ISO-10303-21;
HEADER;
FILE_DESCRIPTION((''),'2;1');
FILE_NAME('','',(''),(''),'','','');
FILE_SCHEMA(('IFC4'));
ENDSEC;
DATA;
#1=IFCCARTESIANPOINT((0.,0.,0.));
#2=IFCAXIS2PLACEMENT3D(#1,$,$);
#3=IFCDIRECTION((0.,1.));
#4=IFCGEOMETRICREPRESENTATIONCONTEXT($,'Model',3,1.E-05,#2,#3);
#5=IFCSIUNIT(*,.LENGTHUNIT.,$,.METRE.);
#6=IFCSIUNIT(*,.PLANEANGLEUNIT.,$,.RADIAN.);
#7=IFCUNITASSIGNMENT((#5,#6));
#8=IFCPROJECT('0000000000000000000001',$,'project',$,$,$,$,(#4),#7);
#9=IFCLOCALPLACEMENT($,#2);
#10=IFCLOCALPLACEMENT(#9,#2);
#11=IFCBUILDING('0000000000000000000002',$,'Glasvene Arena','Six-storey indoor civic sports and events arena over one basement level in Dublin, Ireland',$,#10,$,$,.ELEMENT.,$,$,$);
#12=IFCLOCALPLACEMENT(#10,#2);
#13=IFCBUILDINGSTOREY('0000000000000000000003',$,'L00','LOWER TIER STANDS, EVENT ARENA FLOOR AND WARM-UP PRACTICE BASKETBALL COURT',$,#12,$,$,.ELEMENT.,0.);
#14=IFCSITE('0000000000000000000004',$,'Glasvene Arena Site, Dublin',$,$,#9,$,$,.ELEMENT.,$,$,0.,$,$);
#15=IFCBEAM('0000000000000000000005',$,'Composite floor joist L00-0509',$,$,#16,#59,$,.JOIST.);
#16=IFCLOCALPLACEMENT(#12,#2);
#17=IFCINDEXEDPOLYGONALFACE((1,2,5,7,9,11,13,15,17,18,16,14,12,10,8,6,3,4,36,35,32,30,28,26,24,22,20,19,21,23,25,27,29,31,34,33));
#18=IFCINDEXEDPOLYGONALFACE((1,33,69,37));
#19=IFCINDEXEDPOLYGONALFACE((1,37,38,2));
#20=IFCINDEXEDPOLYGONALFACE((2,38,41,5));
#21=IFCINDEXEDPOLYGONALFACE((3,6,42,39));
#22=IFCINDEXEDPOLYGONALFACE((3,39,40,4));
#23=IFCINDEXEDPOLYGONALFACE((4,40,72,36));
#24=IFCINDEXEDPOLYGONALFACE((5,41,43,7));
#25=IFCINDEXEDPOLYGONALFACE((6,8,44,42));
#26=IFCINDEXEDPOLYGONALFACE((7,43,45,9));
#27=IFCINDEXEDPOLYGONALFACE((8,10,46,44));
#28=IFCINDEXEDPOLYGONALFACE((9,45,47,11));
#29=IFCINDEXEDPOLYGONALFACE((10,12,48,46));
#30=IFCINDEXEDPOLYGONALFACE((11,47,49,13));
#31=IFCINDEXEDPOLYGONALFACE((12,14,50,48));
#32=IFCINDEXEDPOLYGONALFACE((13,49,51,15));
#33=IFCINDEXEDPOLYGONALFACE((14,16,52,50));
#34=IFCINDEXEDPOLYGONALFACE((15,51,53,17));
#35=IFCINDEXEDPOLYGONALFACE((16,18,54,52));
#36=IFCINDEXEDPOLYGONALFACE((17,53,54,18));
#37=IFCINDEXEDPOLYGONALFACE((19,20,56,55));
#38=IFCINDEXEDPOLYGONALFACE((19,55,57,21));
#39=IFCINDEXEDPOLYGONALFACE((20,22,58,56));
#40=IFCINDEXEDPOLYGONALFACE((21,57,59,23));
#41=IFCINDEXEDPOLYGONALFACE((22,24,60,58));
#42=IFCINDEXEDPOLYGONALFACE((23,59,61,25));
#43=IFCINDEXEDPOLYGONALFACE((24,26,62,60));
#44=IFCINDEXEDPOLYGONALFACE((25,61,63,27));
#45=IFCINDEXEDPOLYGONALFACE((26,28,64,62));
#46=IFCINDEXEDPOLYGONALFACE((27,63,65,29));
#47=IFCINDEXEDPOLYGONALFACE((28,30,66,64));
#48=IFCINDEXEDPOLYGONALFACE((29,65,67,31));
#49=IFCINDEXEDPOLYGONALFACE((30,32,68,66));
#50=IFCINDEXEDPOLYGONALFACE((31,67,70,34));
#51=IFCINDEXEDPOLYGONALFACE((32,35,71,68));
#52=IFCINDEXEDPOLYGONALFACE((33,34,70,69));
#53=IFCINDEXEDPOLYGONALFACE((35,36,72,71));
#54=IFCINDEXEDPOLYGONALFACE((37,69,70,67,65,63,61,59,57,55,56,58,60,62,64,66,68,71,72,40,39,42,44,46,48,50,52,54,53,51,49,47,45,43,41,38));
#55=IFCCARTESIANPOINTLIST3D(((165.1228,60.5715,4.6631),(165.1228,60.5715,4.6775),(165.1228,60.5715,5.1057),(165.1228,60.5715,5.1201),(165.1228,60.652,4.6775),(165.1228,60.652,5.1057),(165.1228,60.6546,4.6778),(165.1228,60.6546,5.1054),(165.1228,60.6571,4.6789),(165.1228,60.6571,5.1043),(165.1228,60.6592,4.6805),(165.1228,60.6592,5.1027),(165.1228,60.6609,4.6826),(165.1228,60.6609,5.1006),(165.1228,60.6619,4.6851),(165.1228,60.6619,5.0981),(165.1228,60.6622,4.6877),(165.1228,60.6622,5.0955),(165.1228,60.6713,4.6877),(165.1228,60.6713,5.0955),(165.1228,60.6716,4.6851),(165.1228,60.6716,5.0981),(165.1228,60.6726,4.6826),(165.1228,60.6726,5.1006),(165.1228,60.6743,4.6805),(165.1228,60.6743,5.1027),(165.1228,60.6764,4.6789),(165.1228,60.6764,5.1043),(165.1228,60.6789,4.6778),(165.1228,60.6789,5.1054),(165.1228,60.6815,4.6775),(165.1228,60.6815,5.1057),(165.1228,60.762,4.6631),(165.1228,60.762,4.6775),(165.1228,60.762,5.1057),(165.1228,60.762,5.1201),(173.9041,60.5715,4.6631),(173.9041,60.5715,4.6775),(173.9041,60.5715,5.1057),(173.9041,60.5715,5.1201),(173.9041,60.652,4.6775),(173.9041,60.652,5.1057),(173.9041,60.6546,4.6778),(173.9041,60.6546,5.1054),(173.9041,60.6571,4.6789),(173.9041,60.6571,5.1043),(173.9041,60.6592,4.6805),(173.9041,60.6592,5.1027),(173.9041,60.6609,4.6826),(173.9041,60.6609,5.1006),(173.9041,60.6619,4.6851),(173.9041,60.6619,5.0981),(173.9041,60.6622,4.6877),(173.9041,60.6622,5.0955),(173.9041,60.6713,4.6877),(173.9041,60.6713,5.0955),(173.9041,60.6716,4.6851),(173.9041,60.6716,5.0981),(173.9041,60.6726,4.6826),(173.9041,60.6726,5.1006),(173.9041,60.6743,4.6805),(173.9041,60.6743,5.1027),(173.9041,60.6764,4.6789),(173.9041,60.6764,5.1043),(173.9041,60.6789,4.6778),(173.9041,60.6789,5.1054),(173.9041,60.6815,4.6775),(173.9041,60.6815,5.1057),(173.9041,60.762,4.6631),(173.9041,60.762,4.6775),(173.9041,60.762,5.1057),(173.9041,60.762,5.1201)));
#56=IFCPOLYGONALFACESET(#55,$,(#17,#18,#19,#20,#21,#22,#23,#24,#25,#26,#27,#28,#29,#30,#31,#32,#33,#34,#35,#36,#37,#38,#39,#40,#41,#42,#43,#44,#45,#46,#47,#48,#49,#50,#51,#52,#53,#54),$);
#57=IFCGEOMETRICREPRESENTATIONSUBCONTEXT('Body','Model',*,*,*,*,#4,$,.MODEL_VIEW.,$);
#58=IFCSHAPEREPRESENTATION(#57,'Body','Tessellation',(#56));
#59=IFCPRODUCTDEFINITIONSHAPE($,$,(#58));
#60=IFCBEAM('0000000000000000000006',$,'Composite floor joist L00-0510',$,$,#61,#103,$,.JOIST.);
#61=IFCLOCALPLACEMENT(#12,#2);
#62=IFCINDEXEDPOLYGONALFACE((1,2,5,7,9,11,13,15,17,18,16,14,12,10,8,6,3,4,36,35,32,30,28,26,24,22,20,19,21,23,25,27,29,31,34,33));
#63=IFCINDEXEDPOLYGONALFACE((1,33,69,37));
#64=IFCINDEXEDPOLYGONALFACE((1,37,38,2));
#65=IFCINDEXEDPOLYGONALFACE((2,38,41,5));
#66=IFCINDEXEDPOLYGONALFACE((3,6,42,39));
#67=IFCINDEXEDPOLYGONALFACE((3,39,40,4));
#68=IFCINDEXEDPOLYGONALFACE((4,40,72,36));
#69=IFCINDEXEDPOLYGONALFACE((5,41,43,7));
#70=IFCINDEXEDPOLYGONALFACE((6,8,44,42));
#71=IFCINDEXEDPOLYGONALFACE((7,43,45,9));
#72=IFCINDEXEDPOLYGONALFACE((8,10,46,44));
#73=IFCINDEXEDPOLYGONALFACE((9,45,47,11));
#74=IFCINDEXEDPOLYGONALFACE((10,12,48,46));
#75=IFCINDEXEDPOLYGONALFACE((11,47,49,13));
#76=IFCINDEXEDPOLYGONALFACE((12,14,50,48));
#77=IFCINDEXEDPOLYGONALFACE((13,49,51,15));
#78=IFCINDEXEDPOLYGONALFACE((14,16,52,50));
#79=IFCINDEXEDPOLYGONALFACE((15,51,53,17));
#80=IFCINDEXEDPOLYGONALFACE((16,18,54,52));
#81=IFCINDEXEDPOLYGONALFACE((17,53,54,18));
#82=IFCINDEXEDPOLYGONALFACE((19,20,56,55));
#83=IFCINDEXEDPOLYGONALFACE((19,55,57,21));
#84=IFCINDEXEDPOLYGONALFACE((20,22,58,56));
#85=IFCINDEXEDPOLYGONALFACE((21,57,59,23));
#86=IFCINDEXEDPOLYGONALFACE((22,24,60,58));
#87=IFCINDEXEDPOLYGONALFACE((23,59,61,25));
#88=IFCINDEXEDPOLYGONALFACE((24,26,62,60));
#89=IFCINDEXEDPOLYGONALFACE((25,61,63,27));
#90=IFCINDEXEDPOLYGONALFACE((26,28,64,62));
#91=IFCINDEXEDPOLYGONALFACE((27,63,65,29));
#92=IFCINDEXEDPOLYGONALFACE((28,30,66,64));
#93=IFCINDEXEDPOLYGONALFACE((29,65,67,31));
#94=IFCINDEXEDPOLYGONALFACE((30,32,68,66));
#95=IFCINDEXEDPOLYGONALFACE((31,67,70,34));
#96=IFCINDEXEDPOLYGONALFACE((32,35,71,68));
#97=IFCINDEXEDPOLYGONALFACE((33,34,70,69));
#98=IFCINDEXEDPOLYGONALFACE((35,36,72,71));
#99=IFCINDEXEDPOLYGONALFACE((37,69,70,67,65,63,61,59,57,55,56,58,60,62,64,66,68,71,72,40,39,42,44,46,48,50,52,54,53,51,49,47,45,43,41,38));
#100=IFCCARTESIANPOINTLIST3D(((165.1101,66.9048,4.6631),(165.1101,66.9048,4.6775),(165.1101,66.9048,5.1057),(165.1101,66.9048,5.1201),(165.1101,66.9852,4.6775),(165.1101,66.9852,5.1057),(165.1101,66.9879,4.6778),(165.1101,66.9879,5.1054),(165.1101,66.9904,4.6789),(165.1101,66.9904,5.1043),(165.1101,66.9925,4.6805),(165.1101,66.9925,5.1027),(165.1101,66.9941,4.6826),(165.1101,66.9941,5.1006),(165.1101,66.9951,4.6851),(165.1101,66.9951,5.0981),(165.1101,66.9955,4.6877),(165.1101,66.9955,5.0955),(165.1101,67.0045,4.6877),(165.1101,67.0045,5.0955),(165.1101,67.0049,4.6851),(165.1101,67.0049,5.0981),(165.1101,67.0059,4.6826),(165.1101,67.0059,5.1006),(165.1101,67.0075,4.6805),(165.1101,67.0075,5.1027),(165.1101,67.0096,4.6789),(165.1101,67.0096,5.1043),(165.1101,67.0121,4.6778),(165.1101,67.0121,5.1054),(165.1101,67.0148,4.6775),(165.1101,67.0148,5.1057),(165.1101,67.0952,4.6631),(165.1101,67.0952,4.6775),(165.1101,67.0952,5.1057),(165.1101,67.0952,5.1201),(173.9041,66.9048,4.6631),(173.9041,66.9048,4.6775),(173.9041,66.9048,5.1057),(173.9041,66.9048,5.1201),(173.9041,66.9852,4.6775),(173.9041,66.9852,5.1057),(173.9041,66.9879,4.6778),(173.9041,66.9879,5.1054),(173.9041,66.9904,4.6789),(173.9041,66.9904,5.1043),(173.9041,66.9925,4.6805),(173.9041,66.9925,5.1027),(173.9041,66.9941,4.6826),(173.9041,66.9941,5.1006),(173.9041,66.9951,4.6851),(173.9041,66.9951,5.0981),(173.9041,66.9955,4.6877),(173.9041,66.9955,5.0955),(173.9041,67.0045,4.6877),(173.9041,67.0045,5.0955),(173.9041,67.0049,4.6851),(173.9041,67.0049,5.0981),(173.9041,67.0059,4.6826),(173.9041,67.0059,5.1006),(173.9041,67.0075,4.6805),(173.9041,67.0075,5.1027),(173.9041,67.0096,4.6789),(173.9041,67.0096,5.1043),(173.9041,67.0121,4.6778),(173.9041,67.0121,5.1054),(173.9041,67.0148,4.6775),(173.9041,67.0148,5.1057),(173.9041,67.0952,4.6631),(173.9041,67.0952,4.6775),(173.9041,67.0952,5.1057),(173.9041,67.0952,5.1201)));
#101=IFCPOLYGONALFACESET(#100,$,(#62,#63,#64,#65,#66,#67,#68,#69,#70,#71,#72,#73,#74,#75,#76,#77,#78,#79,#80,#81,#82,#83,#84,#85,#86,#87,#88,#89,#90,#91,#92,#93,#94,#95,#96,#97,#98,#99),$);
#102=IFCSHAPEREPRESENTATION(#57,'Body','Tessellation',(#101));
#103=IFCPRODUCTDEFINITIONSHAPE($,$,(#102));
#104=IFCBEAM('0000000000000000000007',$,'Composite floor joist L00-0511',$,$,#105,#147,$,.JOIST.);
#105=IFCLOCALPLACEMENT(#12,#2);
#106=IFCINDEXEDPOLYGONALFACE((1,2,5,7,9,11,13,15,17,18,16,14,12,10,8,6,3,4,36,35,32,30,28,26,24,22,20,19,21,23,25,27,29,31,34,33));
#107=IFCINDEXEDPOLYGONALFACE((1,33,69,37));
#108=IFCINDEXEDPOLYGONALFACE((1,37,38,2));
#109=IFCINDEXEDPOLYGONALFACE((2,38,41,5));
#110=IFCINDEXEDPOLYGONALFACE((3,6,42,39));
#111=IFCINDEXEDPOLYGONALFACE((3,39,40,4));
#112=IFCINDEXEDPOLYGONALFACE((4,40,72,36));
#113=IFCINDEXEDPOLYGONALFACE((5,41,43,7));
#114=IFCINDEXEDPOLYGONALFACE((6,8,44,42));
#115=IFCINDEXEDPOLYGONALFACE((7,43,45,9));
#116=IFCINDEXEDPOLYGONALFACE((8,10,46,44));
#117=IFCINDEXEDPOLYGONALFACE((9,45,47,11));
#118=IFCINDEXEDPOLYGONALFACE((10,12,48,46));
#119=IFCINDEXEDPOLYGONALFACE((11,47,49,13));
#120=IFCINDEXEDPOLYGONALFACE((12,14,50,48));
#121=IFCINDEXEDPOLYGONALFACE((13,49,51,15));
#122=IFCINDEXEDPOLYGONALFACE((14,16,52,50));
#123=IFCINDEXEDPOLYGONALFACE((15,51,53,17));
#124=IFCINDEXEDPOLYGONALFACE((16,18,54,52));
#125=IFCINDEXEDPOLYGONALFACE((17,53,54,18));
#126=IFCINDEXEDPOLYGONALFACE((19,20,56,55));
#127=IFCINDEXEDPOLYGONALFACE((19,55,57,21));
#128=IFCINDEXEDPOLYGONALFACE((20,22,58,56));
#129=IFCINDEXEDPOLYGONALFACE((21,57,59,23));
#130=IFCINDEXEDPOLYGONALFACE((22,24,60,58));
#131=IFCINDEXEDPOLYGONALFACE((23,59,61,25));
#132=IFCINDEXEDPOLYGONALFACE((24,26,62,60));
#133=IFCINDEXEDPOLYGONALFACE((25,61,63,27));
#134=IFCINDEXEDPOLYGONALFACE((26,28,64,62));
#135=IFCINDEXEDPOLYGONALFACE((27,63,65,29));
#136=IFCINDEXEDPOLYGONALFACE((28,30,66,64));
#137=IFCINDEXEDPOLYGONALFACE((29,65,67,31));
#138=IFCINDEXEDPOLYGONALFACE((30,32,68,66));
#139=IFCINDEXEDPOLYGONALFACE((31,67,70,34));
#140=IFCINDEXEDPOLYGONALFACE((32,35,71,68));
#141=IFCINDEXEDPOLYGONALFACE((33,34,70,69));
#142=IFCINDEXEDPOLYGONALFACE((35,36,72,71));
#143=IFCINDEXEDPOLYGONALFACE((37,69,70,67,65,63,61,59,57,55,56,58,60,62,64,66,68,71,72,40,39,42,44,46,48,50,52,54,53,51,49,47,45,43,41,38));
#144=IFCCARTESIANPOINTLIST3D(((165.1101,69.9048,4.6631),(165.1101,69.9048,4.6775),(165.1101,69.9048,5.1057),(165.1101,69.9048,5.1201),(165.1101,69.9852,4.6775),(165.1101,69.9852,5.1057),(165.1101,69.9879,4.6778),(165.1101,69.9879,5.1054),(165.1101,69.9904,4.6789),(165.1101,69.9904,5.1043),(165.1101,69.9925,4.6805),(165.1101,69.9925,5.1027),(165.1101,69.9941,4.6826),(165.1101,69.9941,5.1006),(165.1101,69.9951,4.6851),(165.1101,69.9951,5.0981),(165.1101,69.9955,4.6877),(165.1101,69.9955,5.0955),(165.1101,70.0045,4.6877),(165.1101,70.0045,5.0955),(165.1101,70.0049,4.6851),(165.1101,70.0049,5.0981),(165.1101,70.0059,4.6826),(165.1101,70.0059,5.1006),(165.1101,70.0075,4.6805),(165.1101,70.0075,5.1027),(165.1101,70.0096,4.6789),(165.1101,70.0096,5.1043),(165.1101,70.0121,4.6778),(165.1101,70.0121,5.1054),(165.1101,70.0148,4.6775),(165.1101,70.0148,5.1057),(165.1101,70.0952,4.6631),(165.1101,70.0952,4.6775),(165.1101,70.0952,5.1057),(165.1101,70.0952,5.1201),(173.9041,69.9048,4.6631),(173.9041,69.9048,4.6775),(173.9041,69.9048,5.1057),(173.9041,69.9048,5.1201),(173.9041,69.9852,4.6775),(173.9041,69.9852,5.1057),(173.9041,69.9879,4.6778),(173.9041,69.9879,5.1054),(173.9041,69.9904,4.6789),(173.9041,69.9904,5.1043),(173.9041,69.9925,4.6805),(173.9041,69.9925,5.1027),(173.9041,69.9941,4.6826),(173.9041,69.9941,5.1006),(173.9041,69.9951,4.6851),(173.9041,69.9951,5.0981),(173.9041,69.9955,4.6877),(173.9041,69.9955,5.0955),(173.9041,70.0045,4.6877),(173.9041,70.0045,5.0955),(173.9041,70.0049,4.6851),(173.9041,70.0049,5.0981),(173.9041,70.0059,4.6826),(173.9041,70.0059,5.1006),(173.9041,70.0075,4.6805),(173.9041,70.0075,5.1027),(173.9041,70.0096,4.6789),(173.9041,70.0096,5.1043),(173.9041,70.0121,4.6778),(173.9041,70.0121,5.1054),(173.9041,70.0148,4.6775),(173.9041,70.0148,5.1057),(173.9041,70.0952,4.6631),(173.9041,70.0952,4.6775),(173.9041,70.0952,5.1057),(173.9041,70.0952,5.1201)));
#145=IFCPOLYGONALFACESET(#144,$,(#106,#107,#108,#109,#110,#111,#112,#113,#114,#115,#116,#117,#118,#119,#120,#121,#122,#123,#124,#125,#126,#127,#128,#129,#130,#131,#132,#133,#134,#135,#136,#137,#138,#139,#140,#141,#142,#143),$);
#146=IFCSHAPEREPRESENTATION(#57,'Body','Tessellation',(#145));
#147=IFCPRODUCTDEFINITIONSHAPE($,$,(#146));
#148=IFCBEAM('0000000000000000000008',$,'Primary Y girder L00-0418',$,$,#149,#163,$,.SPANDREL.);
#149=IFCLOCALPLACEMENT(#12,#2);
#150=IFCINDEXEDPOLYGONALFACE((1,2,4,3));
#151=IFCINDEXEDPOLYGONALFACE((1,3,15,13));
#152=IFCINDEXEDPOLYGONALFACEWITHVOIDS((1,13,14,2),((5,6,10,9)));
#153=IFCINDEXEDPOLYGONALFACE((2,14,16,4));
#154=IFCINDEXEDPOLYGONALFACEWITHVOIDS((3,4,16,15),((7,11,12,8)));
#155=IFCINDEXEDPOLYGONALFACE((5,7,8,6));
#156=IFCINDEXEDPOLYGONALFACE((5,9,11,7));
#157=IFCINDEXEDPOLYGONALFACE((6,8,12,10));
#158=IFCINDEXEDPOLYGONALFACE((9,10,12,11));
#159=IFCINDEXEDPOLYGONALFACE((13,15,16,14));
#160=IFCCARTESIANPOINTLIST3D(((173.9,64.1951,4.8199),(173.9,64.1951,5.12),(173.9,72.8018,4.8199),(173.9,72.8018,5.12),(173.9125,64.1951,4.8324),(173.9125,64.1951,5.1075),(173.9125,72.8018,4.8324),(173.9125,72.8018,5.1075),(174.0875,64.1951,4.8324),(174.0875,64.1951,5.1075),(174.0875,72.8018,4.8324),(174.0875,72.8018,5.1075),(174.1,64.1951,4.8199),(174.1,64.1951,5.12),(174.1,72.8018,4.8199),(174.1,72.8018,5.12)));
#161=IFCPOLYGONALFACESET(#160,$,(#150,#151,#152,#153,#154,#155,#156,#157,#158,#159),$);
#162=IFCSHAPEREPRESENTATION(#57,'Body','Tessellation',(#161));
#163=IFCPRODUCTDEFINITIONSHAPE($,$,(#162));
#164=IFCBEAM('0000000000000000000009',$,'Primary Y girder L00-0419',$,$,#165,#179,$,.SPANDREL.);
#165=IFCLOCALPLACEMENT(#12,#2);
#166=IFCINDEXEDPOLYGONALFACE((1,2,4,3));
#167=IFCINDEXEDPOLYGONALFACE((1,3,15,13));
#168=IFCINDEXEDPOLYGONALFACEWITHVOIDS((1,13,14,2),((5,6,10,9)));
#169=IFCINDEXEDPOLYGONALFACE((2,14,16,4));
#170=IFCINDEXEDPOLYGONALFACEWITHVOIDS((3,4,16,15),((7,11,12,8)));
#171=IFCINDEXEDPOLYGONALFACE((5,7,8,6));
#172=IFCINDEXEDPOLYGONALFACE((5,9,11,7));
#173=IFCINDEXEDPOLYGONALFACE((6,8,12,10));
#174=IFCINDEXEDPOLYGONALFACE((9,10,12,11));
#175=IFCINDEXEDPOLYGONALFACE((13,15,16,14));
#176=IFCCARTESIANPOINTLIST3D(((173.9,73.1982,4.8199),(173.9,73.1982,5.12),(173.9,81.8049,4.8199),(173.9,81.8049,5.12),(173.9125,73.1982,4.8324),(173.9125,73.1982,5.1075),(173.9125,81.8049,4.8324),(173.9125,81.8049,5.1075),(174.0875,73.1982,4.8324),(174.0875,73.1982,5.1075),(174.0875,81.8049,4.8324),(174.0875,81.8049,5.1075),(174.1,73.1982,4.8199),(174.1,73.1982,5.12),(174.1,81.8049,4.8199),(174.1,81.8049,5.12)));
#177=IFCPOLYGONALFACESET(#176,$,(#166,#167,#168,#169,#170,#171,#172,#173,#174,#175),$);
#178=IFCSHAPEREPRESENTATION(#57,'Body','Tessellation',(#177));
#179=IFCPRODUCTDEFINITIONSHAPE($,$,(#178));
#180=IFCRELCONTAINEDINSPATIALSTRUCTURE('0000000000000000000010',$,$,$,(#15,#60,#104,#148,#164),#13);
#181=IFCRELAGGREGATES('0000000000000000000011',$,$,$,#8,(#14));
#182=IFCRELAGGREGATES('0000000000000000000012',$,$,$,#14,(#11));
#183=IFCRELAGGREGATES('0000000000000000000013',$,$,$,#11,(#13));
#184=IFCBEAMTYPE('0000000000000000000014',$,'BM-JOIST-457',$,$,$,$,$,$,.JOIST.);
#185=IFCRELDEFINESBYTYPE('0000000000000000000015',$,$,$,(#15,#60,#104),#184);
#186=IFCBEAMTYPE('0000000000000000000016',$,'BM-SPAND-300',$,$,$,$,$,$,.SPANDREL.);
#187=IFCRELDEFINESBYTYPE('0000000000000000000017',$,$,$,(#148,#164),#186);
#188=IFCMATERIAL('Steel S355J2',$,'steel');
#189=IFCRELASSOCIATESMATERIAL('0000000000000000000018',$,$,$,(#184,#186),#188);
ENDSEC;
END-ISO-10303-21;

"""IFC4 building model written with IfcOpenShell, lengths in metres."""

from ifc_helpers import new_model, si_unit, direction, frame, origin, origin_2d, place, context, subcontext, project, spatial, hollow_rectangle, i_section, extrude, material, material_profile, profile_set, type_object, element, save


model = new_model("IFC4")

# Units and contexts
model_context = context("Model", 3, precision=1e-05, world=origin(), true_north=direction((0.0, 1.0)))
body_context = subcontext(model_context, "Body", "Model", "MODEL_VIEW")
ifc_project = project(units=[si_unit("LENGTHUNIT", "METRE"), si_unit("PLANEANGLEUNIT", "RADIAN")], contexts=[model_context])

# Site, building, storey
site_placement = place(None, origin())
site = spatial("IfcSite", under=ifc_project, at=site_placement, Name="Glasvene Arena Site, Dublin", CompositionType="ELEMENT", RefElevation=0.0)
building_placement = place(site_placement, origin())
building = spatial("IfcBuilding", under=site, at=building_placement, Name="Glasvene Arena", Description="Six-storey indoor civic sports and events arena over one basement level in Dublin, Ireland", CompositionType="ELEMENT")
storey_placement = place(building_placement, origin())
storey = spatial("IfcBuildingStorey", under=building, at=storey_placement, Name="L00", Description="LOWER TIER STANDS, EVENT ARENA FLOOR AND WARM-UP PRACTICE BASKETBALL COURT", CompositionType="ELEMENT", Elevation=0.0)

# Shared definitions
ifc_material_1 = material(Name="Steel S355J2", Category="steel")

# Beams
ifc_material_profile_1 = material_profile(ifc_material_1, i_section(OverallWidth=0.1904, OverallDepth=0.457, WebThickness=0.009, FlangeThickness=0.0144, FilletRadius=0.0103, at=origin_2d()), Name="UKB 457x191x74")
ifc_profile_set_1 = profile_set([ifc_material_profile_1], Name="Steel S355J2")
beam_type_1 = type_object("IfcBeamType", Name="BM-JOIST-457", PredefinedType="JOIST", material=ifc_profile_set_1)
beam_placement = place(storey_placement, frame((165.1228, 60.6667, 4.8916), z_axis=(1.0, 0.0, 0.0), x_axis=(0.0, 1.0, 0.0)))
element("IfcBeam", 1, at=beam_placement, inside=storey, type_object=beam_type_1, Name="Composite floor joist L00-0509", PredefinedType="JOIST", context=body_context, shape_type="SweptSolid", body=[
    extrude(i_section(OverallWidth=0.1904, OverallDepth=0.457, WebThickness=0.009, FlangeThickness=0.0144, FilletRadius=0.0103, at=origin_2d()), origin(), (0.0, 0.0, 1.0), 8.7812),
])
for number, where, z_axis, x_axis, name in (
    (2, (165.1101, 67.0, 4.8916), (1.0, 0.0, 0.0), (0.0, 1.0, 0.0), "Composite floor joist L00-0510"),
    (3, (165.1101, 70.0, 4.8916), (1.0, 0.0, 0.0), (0.0, 1.0, 0.0), "Composite floor joist L00-0511"),
):
    element("IfcBeam", number, at=place(storey_placement, frame(where, z_axis=z_axis, x_axis=x_axis)), inside=storey, type_object=beam_type_1, Name=name, PredefinedType="JOIST", context=body_context, shape_type="SweptSolid", body=[
        extrude(i_section(OverallWidth=0.1904, OverallDepth=0.457, WebThickness=0.009, FlangeThickness=0.0144, FilletRadius=0.0103, at=origin_2d()), origin(), (0.0, 0.0, 1.0), 8.7939),
    ])
ifc_material_profile_2 = material_profile(ifc_material_1, hollow_rectangle(XDim=0.2, YDim=0.3, WallThickness=0.0125, at=origin_2d()), Name="RHS 300x200x12.5")
ifc_profile_set_2 = profile_set([ifc_material_profile_2], Name="Steel S355J2")
beam_type_2 = type_object("IfcBeamType", Name="BM-SPAND-300", PredefinedType="SPANDREL", material=ifc_profile_set_2)
for number, where, z_axis, x_axis, name in (
    (4, (174.0, 64.1951, 4.97), (0.0, 1.0, 0.0), (-1.0, 0.0, 0.0), "Primary Y girder L00-0418"),
    (5, (174.0, 73.1982, 4.97), (0.0, 1.0, 0.0), (-1.0, 0.0, 0.0), "Primary Y girder L00-0419"),
):
    element("IfcBeam", number, at=place(storey_placement, frame(where, z_axis=z_axis, x_axis=x_axis)), inside=storey, type_object=beam_type_2, Name=name, PredefinedType="SPANDREL", context=body_context, shape_type="SweptSolid", body=[
        extrude(hollow_rectangle(XDim=0.2, YDim=0.3, WallThickness=0.0125, at=origin_2d()), origin(), (0.0, 0.0, 1.0), 8.6067),
    ])

save(model, "model.ifc")
